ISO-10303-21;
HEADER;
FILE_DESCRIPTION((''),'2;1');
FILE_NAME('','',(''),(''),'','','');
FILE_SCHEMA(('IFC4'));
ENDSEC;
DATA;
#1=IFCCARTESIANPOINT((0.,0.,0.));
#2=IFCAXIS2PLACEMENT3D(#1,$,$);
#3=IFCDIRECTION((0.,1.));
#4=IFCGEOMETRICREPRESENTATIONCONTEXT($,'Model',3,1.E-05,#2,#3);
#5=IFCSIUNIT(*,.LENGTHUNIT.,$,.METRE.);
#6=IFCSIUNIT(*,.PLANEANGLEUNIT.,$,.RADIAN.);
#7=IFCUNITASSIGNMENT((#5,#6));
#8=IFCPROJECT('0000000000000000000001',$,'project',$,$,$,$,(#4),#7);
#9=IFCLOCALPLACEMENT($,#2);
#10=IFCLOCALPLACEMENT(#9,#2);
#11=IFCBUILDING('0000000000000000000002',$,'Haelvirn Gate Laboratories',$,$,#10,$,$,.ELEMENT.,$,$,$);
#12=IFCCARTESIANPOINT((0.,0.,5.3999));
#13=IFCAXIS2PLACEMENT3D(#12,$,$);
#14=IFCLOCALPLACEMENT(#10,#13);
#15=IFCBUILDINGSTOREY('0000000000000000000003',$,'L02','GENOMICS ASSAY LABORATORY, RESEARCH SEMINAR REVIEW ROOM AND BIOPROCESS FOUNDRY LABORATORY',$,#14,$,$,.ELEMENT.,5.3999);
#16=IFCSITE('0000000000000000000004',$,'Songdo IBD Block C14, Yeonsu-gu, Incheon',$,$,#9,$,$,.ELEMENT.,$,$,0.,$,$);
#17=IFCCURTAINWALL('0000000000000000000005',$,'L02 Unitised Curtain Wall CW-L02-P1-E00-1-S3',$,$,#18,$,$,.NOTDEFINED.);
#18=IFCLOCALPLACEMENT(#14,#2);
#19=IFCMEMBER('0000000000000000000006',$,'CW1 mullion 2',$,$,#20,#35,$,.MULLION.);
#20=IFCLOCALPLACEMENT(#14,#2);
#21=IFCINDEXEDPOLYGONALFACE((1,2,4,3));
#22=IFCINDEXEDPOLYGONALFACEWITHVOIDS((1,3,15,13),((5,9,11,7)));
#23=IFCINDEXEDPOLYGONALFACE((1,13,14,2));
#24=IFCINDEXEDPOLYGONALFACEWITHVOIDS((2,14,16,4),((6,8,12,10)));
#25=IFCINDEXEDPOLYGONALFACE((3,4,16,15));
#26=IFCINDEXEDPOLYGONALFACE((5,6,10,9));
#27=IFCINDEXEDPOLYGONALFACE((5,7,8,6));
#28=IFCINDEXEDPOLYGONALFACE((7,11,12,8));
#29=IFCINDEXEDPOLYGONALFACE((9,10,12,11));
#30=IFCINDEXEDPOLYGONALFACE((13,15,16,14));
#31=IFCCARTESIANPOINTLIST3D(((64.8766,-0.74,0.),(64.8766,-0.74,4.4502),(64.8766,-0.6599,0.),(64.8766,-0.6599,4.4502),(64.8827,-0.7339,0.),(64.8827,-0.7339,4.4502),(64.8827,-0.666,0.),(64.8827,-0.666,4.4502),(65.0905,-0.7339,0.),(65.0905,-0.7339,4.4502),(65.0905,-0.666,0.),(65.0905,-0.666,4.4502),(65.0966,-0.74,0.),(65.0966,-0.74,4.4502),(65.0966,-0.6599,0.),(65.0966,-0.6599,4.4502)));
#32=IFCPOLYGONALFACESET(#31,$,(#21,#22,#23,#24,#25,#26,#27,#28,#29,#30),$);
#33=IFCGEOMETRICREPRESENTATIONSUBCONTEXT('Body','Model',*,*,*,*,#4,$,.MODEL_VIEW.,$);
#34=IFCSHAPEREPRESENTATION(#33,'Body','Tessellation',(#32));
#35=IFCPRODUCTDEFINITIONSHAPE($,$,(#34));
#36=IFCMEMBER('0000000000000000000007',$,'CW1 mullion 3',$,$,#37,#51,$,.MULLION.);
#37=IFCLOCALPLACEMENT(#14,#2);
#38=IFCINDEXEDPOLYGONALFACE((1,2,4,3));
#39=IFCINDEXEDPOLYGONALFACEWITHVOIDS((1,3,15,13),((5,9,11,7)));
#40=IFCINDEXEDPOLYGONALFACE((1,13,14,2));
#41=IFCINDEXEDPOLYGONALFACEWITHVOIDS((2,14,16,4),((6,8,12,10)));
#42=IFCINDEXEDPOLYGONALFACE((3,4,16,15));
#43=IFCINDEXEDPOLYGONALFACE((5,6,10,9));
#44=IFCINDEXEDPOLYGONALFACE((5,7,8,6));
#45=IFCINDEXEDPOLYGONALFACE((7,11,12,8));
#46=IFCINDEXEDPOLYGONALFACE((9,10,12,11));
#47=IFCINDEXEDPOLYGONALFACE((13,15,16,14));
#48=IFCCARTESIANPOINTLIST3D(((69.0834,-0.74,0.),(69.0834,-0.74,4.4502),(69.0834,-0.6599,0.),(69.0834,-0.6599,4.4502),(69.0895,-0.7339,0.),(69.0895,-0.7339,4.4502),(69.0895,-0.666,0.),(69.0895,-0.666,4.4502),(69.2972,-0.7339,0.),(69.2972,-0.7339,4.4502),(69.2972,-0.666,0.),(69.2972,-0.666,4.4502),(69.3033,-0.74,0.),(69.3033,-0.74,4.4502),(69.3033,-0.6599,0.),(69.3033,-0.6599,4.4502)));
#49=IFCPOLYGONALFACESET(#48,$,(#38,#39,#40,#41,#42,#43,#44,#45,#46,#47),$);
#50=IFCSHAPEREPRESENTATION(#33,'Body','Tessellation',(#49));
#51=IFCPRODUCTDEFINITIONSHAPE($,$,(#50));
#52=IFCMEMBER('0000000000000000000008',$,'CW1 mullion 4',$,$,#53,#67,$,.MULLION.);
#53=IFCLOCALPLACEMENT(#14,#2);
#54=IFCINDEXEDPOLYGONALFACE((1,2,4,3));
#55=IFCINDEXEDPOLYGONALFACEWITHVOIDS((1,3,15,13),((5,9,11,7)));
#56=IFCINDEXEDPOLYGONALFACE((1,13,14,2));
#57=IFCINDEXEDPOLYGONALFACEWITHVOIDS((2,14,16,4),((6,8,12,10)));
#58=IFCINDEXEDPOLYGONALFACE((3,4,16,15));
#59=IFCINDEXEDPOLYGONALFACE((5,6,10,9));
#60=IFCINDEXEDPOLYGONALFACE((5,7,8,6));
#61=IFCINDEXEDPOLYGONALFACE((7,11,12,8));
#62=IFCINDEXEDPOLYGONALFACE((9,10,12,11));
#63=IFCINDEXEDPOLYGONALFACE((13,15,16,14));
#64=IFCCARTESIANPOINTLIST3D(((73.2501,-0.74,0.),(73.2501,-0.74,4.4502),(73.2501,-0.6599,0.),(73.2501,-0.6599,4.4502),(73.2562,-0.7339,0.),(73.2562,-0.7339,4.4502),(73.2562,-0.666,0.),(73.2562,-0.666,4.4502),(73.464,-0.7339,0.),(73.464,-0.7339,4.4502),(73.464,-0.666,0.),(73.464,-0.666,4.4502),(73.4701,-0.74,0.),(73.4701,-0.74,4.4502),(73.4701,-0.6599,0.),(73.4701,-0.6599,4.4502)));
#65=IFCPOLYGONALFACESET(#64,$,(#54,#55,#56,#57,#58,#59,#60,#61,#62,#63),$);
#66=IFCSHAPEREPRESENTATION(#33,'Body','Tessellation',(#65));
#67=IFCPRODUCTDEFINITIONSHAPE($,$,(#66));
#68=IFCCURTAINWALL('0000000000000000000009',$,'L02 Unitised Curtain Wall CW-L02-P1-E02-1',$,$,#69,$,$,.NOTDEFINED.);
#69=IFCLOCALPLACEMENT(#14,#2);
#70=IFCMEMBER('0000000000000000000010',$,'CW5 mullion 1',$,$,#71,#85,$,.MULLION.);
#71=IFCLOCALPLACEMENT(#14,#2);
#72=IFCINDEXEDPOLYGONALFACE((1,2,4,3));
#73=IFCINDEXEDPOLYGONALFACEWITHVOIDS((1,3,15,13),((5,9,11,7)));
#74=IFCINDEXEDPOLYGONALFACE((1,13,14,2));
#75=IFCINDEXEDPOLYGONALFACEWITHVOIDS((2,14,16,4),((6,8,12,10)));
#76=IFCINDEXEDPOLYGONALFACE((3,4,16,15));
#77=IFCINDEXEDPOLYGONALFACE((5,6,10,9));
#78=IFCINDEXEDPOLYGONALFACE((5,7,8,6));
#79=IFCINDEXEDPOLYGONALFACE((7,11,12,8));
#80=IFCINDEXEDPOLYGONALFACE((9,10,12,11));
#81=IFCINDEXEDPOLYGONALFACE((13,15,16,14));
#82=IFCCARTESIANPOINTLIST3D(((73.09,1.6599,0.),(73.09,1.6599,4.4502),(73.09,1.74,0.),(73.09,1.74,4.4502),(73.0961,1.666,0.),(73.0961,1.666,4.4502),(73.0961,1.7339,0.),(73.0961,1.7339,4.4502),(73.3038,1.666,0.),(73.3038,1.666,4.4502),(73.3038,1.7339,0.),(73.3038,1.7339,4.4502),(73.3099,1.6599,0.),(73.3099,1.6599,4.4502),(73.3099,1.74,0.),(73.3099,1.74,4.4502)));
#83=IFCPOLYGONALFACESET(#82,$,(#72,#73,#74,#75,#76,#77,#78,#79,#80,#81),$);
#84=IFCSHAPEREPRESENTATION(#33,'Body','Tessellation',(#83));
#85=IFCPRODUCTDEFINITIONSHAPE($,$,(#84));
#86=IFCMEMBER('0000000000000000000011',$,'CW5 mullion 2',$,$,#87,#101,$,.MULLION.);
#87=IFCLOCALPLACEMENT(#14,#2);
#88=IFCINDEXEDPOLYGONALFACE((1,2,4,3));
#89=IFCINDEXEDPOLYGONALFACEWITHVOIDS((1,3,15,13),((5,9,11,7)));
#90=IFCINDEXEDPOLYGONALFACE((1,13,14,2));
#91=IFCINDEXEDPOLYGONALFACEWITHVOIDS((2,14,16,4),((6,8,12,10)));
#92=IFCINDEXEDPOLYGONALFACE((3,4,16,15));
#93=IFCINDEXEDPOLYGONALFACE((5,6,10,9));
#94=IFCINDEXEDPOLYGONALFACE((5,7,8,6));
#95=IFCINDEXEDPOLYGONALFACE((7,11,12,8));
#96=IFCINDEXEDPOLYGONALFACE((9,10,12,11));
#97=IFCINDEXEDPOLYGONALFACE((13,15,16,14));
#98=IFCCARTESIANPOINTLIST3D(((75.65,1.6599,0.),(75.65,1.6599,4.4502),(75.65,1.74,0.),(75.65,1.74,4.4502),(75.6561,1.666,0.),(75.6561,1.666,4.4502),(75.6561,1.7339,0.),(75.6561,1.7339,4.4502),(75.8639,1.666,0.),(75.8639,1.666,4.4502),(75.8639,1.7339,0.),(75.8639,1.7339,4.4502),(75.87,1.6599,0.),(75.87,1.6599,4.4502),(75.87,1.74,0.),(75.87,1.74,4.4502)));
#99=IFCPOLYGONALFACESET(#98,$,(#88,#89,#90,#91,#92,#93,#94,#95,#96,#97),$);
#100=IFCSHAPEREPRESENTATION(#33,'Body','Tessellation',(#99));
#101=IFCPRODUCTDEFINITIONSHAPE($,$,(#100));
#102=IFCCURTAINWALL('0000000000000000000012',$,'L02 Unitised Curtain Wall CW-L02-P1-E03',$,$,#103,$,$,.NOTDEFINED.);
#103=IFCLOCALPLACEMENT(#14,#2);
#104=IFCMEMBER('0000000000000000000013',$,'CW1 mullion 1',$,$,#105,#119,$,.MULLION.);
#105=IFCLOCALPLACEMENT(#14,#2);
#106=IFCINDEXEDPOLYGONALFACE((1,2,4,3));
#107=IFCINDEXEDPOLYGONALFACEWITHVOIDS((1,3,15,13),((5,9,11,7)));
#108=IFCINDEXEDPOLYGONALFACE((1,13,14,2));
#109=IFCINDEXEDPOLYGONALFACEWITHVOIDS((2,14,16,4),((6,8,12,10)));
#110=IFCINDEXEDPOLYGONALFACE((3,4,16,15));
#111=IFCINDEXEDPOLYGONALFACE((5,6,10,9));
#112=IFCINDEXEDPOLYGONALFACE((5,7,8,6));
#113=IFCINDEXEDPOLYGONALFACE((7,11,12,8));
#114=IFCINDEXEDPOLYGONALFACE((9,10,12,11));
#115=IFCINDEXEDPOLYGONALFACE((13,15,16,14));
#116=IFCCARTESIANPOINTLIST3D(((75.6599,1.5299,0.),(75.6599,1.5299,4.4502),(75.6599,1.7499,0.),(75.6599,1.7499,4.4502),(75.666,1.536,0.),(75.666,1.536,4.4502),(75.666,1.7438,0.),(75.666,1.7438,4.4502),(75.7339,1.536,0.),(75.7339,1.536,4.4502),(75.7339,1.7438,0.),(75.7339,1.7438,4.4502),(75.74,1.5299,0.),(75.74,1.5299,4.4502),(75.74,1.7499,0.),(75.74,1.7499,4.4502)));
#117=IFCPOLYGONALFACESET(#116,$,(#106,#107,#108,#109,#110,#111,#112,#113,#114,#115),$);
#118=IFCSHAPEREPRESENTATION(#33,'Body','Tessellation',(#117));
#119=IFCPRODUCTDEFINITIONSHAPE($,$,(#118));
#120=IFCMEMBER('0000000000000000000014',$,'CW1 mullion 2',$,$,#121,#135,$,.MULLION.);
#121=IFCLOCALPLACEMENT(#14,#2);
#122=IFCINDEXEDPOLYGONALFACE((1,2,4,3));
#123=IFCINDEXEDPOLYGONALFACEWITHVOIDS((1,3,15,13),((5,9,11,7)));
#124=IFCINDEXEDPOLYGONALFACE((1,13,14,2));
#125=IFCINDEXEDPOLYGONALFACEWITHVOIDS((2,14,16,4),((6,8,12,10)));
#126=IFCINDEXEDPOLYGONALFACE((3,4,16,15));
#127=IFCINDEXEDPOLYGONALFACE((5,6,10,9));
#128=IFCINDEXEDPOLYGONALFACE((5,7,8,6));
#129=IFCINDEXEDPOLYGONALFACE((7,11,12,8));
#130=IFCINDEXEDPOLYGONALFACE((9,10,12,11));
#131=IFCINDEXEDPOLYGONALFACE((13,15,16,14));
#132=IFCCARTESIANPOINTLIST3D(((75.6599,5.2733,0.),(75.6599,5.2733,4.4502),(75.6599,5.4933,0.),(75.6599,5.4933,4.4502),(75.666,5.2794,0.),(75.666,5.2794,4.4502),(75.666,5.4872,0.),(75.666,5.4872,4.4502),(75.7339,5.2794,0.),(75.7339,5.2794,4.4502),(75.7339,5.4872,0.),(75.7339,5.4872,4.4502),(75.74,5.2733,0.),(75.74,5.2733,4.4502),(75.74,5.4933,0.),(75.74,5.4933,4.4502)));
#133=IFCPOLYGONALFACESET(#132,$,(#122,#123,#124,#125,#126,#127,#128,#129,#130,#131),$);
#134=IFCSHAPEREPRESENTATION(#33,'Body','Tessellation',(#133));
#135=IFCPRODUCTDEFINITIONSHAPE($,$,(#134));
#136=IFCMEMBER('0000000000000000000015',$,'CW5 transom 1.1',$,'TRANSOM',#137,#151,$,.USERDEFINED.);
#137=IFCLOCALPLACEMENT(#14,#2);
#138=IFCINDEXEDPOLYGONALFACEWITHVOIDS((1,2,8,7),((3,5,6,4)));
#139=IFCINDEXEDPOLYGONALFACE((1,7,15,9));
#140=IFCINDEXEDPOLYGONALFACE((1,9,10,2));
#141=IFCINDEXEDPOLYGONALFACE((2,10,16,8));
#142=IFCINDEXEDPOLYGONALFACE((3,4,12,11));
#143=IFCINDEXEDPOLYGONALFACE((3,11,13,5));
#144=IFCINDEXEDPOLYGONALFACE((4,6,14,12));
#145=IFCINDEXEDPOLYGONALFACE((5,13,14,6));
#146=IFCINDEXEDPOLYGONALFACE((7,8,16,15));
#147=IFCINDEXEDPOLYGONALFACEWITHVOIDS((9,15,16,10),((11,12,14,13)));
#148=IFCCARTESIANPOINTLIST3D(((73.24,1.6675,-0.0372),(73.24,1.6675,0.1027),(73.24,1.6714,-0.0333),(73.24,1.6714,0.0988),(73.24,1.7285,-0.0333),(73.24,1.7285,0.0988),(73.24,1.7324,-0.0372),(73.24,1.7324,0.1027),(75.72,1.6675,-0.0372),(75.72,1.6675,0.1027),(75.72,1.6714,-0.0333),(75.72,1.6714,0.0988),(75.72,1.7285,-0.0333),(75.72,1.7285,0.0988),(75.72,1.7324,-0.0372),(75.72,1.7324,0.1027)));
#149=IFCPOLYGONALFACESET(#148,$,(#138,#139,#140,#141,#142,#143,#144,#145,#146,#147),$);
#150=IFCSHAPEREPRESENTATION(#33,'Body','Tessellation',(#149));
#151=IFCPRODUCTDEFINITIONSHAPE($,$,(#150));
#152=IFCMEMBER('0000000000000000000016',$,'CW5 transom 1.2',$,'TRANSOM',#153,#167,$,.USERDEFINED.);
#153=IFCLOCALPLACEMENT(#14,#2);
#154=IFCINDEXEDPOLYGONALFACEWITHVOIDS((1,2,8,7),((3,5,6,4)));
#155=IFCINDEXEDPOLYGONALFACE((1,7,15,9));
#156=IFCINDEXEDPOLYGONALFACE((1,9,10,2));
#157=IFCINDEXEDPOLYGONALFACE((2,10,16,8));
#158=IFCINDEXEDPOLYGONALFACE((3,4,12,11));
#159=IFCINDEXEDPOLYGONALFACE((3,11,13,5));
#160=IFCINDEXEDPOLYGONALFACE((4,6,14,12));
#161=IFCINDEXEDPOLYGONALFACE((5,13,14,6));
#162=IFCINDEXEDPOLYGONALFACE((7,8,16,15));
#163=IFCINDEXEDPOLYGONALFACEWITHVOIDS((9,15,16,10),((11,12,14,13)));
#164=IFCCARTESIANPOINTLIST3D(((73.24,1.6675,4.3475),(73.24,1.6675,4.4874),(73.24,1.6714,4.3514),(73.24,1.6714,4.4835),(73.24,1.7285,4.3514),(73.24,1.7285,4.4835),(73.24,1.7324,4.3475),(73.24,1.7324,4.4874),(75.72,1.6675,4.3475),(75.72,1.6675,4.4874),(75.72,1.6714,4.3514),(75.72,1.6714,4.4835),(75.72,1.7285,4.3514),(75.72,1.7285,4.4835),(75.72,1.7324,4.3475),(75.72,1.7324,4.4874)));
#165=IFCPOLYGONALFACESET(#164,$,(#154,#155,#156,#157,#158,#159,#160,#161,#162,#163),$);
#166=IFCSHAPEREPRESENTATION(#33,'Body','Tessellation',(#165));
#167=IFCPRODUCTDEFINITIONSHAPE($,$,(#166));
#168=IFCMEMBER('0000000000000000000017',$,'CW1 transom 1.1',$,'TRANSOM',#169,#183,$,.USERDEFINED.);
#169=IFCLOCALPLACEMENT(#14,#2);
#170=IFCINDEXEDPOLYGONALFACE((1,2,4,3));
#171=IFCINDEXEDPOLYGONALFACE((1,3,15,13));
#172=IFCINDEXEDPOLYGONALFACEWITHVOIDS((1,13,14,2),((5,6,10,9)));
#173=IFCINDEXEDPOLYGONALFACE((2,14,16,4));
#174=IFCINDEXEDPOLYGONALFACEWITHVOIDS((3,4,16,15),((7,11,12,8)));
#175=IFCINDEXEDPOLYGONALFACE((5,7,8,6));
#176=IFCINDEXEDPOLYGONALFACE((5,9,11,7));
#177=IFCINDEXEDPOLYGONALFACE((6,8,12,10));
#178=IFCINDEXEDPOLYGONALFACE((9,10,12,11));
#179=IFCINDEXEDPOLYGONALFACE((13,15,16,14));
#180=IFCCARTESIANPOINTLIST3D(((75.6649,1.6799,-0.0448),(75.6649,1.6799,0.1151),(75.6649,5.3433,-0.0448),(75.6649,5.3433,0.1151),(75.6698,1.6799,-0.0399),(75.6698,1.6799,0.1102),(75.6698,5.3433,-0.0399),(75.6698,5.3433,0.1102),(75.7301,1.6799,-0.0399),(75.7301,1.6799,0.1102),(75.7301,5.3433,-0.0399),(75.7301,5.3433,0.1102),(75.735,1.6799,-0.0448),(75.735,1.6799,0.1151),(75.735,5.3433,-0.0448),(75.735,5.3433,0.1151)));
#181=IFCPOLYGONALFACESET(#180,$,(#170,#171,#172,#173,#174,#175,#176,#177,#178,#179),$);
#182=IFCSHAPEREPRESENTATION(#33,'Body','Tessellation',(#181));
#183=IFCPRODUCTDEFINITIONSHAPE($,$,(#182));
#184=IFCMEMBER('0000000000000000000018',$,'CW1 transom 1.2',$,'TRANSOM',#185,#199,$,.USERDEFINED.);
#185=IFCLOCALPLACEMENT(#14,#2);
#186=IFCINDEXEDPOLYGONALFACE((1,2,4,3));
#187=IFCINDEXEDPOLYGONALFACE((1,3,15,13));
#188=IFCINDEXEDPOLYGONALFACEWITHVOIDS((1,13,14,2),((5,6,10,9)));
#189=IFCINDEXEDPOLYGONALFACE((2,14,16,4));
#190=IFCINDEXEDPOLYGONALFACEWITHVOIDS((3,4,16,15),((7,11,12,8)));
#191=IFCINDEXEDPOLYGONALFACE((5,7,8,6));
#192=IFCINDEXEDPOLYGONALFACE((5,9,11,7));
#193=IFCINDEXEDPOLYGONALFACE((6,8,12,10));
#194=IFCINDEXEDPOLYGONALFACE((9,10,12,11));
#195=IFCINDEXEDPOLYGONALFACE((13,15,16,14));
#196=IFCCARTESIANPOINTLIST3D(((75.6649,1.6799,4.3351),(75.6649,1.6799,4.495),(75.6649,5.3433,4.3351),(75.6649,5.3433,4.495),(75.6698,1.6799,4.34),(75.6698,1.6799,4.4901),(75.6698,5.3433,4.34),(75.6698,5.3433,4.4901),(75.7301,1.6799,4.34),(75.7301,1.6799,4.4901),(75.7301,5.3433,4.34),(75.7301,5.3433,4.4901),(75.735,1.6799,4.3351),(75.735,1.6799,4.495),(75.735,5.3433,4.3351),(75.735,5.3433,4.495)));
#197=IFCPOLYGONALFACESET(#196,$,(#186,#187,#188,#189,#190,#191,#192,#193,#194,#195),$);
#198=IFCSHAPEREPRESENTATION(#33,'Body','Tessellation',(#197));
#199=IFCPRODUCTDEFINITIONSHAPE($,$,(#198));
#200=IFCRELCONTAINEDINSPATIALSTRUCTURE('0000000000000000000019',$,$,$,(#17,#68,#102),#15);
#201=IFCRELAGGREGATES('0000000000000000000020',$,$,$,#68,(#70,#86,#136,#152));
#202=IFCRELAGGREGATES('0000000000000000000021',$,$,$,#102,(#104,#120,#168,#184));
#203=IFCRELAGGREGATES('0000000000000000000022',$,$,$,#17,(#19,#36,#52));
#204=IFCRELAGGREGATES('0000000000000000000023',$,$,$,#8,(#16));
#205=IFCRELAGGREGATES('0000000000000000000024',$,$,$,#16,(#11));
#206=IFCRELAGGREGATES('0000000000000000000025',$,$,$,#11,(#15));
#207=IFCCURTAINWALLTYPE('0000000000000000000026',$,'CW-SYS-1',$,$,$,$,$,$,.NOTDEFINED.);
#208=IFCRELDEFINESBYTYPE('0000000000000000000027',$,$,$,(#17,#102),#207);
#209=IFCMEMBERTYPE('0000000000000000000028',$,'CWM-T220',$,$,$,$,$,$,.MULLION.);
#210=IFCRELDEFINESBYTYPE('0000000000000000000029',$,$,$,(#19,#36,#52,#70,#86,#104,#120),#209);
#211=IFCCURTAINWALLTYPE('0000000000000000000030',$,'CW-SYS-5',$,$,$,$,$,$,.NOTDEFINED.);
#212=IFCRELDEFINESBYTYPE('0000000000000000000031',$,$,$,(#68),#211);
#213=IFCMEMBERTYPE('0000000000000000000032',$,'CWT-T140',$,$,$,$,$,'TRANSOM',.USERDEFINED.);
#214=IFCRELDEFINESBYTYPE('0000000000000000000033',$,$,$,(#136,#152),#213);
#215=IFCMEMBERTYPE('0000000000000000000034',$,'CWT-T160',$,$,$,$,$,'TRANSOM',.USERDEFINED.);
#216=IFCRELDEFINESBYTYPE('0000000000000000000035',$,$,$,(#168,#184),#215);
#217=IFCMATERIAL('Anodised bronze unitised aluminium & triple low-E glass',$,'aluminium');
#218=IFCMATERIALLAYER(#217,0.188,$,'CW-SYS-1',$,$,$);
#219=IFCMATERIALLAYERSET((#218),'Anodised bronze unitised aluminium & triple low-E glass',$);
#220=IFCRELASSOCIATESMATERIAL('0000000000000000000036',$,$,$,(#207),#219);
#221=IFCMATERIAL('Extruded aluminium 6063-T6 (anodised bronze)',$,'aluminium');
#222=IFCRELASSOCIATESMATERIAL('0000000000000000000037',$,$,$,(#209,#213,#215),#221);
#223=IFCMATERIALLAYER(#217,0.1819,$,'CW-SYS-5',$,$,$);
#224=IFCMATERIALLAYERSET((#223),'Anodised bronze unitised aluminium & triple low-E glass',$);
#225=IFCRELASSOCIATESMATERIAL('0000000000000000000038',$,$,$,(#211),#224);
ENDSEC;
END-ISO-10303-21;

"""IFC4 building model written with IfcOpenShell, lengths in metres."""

from ifc_helpers import new_model, si_unit, direction, frame, origin, origin_2d, place, context, subcontext, project, spatial, hollow_rectangle, extrude, source, transform, mapped, material, layer, layer_set, material_profile, profile_set, type_object, type_shapes, element, aggregate, save


model = new_model("IFC4")

# Units and contexts
model_context = context("Model", 3, precision=1e-05, world=origin(), true_north=direction((0.0, 1.0)))
body_context = subcontext(model_context, "Body", "Model", "MODEL_VIEW")
ifc_project = project(units=[si_unit("LENGTHUNIT", "METRE"), si_unit("PLANEANGLEUNIT", "RADIAN")], contexts=[model_context])

# Site, building, storey
site_placement = place(None, origin())
site = spatial("IfcSite", under=ifc_project, at=site_placement, Name="Songdo IBD Block C14, Yeonsu-gu, Incheon", CompositionType="ELEMENT", RefElevation=0.0)
building_placement = place(site_placement, origin())
building = spatial("IfcBuilding", under=site, at=building_placement, Name="Haelvirn Gate Laboratories", CompositionType="ELEMENT")
storey_placement = place(building_placement, frame((0.0, 0.0, 5.3999)))
storey = spatial("IfcBuildingStorey", under=building, at=storey_placement, Name="L02", Description="GENOMICS ASSAY LABORATORY, RESEARCH SEMINAR REVIEW ROOM AND BIOPROCESS FOUNDRY LABORATORY", CompositionType="ELEMENT", Elevation=5.3999)

# Curtain walls, members
ifc_material_1 = material(Name="Anodised bronze unitised aluminium & triple low-E glass", Category="aluminium")
ifc_layer_1 = layer(ifc_material_1, 0.188, Name="CW-SYS-1")
ifc_layer_set_1 = layer_set([ifc_layer_1], Name="Anodised bronze unitised aluminium & triple low-E glass")
curtain_wall_type_1 = type_object("IfcCurtainWallType", Name="CW-SYS-1", PredefinedType="NOTDEFINED", material=ifc_layer_set_1)
curtain_wall_1_placement = place(storey_placement, origin())
curtain_wall_1 = element("IfcCurtainWall", 1, at=curtain_wall_1_placement, inside=storey, type_object=curtain_wall_type_1, Name="L02 Unitised Curtain Wall CW-L02-P1-E00-1-S3", PredefinedType="NOTDEFINED")
ifc_material_2 = material(Name="Extruded aluminium 6063-T6 (anodised bronze)", Category="aluminium")
ifc_material_profile_1 = material_profile(ifc_material_2, hollow_rectangle(XDim=0.0801, YDim=0.22, WallThickness=0.0061, at=origin_2d()), Name="CWM-220x80x6")
ifc_profile_set_1 = profile_set([ifc_material_profile_1], Name="Extruded aluminium 6063-T6 (anodised bronze)")
member_type_1 = type_object("IfcMemberType", Name="CWM-T220", PredefinedType="MULLION", material=ifc_profile_set_1)
shared_shape_1 = source(origin(), body_context, "Body", "SweptSolid", [
    extrude(hollow_rectangle(XDim=0.0801, YDim=0.22, WallThickness=0.0061, at=origin_2d()), origin(), (0.0, 0.0, 1.0), 4.4502),
])
type_shapes(member_type_1, [shared_shape_1])
member_1_placement = place(storey_placement, frame((64.9866, -0.7, 0.0), z_axis=(0.0, 0.0, 1.0), x_axis=(0.0, 1.0, 0.0)))
member_1 = element("IfcMember", 2, at=member_1_placement, type_object=member_type_1, Name="CW1 mullion 2", PredefinedType="MULLION", context=body_context, shape_type="MappedRepresentation", body=[
    mapped(shared_shape_1, transform((0.0, 0.0, 0.0), scale=1.0)),
])
member_2_placement = place(storey_placement, frame((69.1934, -0.7, 0.0), z_axis=(0.0, 0.0, 1.0), x_axis=(0.0, 1.0, 0.0)))
member_2 = element("IfcMember", 3, at=member_2_placement, type_object=member_type_1, Name="CW1 mullion 3", PredefinedType="MULLION", context=body_context, shape_type="MappedRepresentation", body=[
    mapped(shared_shape_1, transform((0.0, 0.0, 0.0), scale=1.0)),
])
member_3_placement = place(storey_placement, frame((73.3601, -0.7, 0.0), z_axis=(0.0, 0.0, 1.0), x_axis=(0.0, 1.0, 0.0)))
member_3 = element("IfcMember", 4, at=member_3_placement, type_object=member_type_1, Name="CW1 mullion 4", PredefinedType="MULLION", context=body_context, shape_type="MappedRepresentation", body=[
    mapped(shared_shape_1, transform((0.0, 0.0, 0.0), scale=1.0)),
])
ifc_layer_2 = layer(ifc_material_1, 0.1819, Name="CW-SYS-5")
ifc_layer_set_2 = layer_set([ifc_layer_2], Name="Anodised bronze unitised aluminium & triple low-E glass")
curtain_wall_type_2 = type_object("IfcCurtainWallType", Name="CW-SYS-5", PredefinedType="NOTDEFINED", material=ifc_layer_set_2)
curtain_wall_2_placement = place(storey_placement, origin())
curtain_wall_2 = element("IfcCurtainWall", 5, at=curtain_wall_2_placement, inside=storey, type_object=curtain_wall_type_2, Name="L02 Unitised Curtain Wall CW-L02-P1-E02-1", PredefinedType="NOTDEFINED")
member_4_placement = place(storey_placement, frame((73.2, 1.7, 0.0), z_axis=(0.0, 0.0, 1.0), x_axis=(0.0, 1.0, 0.0)))
member_4 = element("IfcMember", 6, at=member_4_placement, type_object=member_type_1, Name="CW5 mullion 1", PredefinedType="MULLION", context=body_context, shape_type="MappedRepresentation", body=[
    mapped(shared_shape_1, transform((0.0, 0.0, 0.0), scale=1.0)),
])
member_5_placement = place(storey_placement, frame((75.76, 1.7, 0.0), z_axis=(0.0, 0.0, 1.0), x_axis=(0.0, 1.0, 0.0)))
member_5 = element("IfcMember", 7, at=member_5_placement, type_object=member_type_1, Name="CW5 mullion 2", PredefinedType="MULLION", context=body_context, shape_type="MappedRepresentation", body=[
    mapped(shared_shape_1, transform((0.0, 0.0, 0.0), scale=1.0)),
])
curtain_wall_3_placement = place(storey_placement, origin())
curtain_wall_3 = element("IfcCurtainWall", 8, at=curtain_wall_3_placement, inside=storey, type_object=curtain_wall_type_1, Name="L02 Unitised Curtain Wall CW-L02-P1-E03", PredefinedType="NOTDEFINED")
member_6_placement = place(storey_placement, frame((75.7, 1.6399, 0.0), z_axis=(0.0, 0.0, 1.0), x_axis=(-1.0, 0.0, 0.0)))
member_6 = element("IfcMember", 9, at=member_6_placement, type_object=member_type_1, Name="CW1 mullion 1", PredefinedType="MULLION", context=body_context, shape_type="MappedRepresentation", body=[
    mapped(shared_shape_1, transform((0.0, 0.0, 0.0), scale=1.0)),
])
member_7_placement = place(storey_placement, frame((75.7, 5.3833, 0.0), z_axis=(0.0, 0.0, 1.0), x_axis=(-1.0, 0.0, 0.0)))
member_7 = element("IfcMember", 10, at=member_7_placement, type_object=member_type_1, Name="CW1 mullion 2", PredefinedType="MULLION", context=body_context, shape_type="MappedRepresentation", body=[
    mapped(shared_shape_1, transform((0.0, 0.0, 0.0), scale=1.0)),
])

# Members
ifc_material_profile_2 = material_profile(ifc_material_2, hollow_rectangle(XDim=0.0649, YDim=0.1399, WallThickness=0.0039, at=origin_2d()), Name="CWT-140x65x4")
ifc_profile_set_2 = profile_set([ifc_material_profile_2], Name="Extruded aluminium 6063-T6 (anodised bronze)")
member_type_2 = type_object("IfcMemberType", Name="CWT-T140", ElementType="TRANSOM", PredefinedType="USERDEFINED", material=ifc_profile_set_2)
shared_shape_2 = source(origin(), body_context, "Body", "SweptSolid", [
    extrude(hollow_rectangle(XDim=0.0649, YDim=0.1399, WallThickness=0.0039, at=origin_2d()), origin(), (0.0, 0.0, 1.0), 2.48),
])
type_shapes(member_type_2, [shared_shape_2])
member_8_placement = place(storey_placement, frame((73.24, 1.7, 0.0327), z_axis=(1.0, 0.0, 0.0), x_axis=(0.0, 1.0, 0.0)))
member_8 = element("IfcMember", 11, at=member_8_placement, type_object=member_type_2, Name="CW5 transom 1.1", ObjectType="TRANSOM", PredefinedType="USERDEFINED", context=body_context, shape_type="MappedRepresentation", body=[
    mapped(shared_shape_2, transform((0.0, 0.0, 0.0), scale=1.0)),
])
member_9_placement = place(storey_placement, frame((73.24, 1.7, 4.4175), z_axis=(1.0, 0.0, 0.0), x_axis=(0.0, 1.0, 0.0)))
member_9 = element("IfcMember", 12, at=member_9_placement, type_object=member_type_2, Name="CW5 transom 1.2", ObjectType="TRANSOM", PredefinedType="USERDEFINED", context=body_context, shape_type="MappedRepresentation", body=[
    mapped(shared_shape_2, transform((0.0, 0.0, 0.0), scale=1.0)),
])
ifc_material_profile_3 = material_profile(ifc_material_2, hollow_rectangle(XDim=0.0701, YDim=0.1599, WallThickness=0.0049, at=origin_2d()), Name="CWT-160x70x5")
ifc_profile_set_3 = profile_set([ifc_material_profile_3], Name="Extruded aluminium 6063-T6 (anodised bronze)")
member_type_3 = type_object("IfcMemberType", Name="CWT-T160", ElementType="TRANSOM", PredefinedType="USERDEFINED", material=ifc_profile_set_3)
shared_shape_3 = source(origin(), body_context, "Body", "SweptSolid", [
    extrude(hollow_rectangle(XDim=0.0701, YDim=0.1599, WallThickness=0.0049, at=origin_2d()), origin(), (0.0, 0.0, 1.0), 3.6633),
])
member_10_placement = place(storey_placement, frame((75.7, 1.6799, 0.0352), z_axis=(0.0, 1.0, 0.0), x_axis=(-1.0, 0.0, 0.0)))
member_10 = element("IfcMember", 13, at=member_10_placement, type_object=member_type_3, Name="CW1 transom 1.1", ObjectType="TRANSOM", PredefinedType="USERDEFINED", context=body_context, shape_type="MappedRepresentation", body=[
    mapped(shared_shape_3, transform((0.0, 0.0, 0.0), scale=1.0)),
])
member_11_placement = place(storey_placement, frame((75.7, 1.6799, 4.415), z_axis=(0.0, 1.0, 0.0), x_axis=(-1.0, 0.0, 0.0)))
member_11 = element("IfcMember", 14, at=member_11_placement, type_object=member_type_3, Name="CW1 transom 1.2", ObjectType="TRANSOM", PredefinedType="USERDEFINED", context=body_context, shape_type="MappedRepresentation", body=[
    mapped(shared_shape_3, transform((0.0, 0.0, 0.0), scale=1.0)),
])

aggregate(curtain_wall_2, [member_4, member_5, member_8, member_9])
aggregate(curtain_wall_3, [member_6, member_7, member_10, member_11])
aggregate(curtain_wall_1, [member_1, member_2, member_3])

save(model, "model.ifc")
